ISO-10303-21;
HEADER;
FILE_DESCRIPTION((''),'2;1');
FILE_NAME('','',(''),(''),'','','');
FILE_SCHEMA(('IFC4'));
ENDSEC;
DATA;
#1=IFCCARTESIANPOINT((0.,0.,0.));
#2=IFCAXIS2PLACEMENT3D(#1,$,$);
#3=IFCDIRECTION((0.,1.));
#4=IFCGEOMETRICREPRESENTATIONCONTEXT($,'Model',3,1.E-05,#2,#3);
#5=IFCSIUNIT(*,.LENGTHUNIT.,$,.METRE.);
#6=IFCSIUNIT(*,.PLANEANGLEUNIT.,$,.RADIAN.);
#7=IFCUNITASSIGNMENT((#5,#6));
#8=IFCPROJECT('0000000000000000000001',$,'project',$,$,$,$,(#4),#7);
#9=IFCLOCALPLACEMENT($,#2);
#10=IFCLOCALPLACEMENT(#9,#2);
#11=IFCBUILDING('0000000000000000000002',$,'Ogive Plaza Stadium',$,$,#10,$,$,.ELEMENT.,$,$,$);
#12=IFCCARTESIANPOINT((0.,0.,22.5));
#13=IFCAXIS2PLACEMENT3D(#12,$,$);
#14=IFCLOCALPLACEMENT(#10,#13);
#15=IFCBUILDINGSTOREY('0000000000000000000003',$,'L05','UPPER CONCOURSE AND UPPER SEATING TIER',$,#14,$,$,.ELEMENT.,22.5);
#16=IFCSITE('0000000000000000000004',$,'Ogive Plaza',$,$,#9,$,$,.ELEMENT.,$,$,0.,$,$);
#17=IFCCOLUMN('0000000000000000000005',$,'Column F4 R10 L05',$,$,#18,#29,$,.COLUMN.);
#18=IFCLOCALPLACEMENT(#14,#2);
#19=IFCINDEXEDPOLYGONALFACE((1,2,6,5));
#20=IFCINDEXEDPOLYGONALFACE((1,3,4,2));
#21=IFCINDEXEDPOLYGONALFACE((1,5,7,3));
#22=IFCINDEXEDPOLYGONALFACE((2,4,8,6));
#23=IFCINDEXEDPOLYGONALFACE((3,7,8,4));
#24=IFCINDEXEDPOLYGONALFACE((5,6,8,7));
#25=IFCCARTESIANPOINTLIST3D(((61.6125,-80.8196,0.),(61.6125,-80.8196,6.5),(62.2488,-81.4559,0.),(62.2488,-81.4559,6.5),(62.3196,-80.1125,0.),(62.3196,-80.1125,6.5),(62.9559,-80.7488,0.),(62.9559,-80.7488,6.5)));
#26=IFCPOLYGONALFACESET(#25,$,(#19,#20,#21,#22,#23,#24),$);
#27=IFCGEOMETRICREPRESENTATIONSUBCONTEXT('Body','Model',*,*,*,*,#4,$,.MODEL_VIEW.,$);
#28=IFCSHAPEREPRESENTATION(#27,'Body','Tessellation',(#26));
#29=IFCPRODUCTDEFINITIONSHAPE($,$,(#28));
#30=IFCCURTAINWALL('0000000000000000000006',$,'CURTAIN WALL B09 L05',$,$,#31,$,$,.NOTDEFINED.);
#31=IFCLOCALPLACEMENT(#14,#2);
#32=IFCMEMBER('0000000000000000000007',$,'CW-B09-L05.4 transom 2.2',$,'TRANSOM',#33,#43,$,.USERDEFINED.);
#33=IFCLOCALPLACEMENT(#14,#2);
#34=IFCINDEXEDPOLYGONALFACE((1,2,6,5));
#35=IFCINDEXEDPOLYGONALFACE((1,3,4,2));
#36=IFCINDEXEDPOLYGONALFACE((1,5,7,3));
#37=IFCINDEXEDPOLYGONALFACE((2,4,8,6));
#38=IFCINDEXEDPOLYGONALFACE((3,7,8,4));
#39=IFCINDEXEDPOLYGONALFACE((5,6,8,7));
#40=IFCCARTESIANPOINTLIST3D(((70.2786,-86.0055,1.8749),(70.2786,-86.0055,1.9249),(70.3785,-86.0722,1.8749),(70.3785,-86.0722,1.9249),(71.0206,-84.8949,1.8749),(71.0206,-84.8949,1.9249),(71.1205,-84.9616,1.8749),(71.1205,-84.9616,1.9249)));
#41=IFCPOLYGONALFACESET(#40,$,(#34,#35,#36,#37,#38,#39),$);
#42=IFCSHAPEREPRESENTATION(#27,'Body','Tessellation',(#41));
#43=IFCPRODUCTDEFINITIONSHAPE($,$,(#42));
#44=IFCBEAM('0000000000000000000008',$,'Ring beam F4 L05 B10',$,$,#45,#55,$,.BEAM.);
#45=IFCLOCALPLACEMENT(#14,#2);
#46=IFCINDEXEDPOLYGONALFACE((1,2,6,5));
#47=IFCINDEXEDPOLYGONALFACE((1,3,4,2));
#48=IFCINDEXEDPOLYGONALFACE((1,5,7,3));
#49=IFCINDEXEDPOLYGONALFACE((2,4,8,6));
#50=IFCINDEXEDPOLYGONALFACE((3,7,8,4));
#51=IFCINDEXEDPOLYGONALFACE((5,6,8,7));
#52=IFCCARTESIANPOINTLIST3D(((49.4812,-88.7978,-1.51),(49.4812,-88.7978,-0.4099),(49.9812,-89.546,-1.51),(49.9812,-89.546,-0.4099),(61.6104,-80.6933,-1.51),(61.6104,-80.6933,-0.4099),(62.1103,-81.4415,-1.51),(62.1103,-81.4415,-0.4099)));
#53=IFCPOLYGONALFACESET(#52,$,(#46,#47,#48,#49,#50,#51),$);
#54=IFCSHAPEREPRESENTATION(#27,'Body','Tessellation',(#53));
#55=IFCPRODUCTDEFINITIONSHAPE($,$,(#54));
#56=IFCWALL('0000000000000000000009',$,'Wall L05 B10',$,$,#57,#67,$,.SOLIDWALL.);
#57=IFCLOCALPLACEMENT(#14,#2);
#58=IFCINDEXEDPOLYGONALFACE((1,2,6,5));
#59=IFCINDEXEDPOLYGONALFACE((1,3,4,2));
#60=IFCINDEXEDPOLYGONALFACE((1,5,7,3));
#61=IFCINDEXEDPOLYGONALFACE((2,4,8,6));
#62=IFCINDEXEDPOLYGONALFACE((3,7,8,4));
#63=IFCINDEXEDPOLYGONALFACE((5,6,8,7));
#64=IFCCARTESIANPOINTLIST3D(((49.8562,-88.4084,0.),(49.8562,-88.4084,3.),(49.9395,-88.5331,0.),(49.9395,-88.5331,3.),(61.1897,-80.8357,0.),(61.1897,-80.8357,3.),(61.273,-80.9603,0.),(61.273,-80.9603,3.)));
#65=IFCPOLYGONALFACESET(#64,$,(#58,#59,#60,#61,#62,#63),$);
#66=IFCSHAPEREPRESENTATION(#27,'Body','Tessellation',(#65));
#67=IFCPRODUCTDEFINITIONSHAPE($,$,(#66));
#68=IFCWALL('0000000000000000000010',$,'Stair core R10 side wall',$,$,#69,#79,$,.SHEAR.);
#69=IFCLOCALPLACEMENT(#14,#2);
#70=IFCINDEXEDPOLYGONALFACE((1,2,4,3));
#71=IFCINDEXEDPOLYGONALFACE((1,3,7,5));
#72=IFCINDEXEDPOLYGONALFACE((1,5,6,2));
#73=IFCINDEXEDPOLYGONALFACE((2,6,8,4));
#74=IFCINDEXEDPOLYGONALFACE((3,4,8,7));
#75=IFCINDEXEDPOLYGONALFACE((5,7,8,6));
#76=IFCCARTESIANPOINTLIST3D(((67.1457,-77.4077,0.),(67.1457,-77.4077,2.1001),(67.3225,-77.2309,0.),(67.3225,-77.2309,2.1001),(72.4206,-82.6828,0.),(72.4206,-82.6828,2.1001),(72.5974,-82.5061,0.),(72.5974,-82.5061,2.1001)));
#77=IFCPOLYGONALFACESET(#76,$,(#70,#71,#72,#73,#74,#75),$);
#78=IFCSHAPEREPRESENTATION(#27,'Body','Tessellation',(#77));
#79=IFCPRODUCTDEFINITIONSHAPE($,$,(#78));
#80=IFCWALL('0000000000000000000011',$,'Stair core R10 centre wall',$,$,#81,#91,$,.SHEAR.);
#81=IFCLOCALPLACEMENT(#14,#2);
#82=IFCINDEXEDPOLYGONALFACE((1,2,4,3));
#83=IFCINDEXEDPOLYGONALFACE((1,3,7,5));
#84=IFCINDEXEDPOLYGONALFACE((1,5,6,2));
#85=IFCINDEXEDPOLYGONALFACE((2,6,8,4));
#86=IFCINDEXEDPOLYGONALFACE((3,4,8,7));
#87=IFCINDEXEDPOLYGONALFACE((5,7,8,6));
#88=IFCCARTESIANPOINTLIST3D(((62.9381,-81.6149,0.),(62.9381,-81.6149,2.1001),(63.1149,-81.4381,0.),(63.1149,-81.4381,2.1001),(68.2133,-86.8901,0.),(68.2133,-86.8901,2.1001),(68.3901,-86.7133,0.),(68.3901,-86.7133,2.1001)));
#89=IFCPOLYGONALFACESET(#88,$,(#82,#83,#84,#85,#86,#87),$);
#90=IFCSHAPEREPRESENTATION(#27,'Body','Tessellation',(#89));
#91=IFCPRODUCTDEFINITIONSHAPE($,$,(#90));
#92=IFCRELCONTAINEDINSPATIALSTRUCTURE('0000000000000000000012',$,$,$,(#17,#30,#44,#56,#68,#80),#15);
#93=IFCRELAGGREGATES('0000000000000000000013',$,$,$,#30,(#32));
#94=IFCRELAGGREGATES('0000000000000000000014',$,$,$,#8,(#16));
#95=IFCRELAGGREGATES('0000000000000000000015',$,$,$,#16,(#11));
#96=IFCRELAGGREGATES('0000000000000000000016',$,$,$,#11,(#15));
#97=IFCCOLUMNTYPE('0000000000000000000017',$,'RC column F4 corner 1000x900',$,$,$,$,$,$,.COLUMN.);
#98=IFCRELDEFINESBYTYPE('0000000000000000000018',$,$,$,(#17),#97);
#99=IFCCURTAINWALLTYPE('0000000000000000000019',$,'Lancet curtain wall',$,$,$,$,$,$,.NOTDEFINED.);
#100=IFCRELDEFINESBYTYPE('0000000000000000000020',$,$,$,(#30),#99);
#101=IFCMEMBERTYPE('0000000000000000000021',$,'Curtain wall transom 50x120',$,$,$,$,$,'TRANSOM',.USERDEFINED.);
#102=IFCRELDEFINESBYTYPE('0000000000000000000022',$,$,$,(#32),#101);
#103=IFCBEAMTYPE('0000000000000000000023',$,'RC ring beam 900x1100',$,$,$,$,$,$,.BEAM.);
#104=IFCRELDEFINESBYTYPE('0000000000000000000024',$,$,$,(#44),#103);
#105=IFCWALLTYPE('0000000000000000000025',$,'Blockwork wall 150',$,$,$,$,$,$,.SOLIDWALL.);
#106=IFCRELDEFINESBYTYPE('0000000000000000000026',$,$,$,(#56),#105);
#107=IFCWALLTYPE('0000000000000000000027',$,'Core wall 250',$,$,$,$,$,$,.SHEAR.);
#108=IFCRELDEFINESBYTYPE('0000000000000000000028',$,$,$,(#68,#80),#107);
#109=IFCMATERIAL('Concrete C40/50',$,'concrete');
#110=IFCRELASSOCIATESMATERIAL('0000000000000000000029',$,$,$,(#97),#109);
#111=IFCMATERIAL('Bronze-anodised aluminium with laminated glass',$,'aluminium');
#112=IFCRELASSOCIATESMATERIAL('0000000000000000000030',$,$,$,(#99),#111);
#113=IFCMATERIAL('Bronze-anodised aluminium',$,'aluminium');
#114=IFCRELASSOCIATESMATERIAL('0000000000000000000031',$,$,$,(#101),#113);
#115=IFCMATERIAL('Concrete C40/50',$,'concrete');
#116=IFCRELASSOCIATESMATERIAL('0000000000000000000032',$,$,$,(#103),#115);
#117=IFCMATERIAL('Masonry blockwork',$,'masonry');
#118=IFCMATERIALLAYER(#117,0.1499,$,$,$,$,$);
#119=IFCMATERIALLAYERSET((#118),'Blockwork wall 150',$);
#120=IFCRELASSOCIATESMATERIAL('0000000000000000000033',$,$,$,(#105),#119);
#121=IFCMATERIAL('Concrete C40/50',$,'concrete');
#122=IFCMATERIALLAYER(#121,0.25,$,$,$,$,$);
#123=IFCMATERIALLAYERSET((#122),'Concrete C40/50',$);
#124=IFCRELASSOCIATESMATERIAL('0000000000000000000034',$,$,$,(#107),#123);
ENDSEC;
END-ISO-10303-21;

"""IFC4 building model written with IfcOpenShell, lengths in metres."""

from ifc_helpers import new_model, si_unit, direction, frame, frame_2d, origin, origin_2d, place, context, subcontext, project, spatial, rectangle, extrude, material, layer, layer_set, material_profile, profile_set, type_object, element, aggregate, save


model = new_model("IFC4")

# Units and contexts
model_context = context("Model", 3, precision=1e-05, world=origin(), true_north=direction((0.0, 1.0)))
body_context = subcontext(model_context, "Body", "Model", "MODEL_VIEW")
ifc_project = project(units=[si_unit("LENGTHUNIT", "METRE"), si_unit("PLANEANGLEUNIT", "RADIAN")], contexts=[model_context])

# Site, building, storey
site_placement = place(None, origin())
site = spatial("IfcSite", under=ifc_project, at=site_placement, Name="Ogive Plaza", CompositionType="ELEMENT", RefElevation=0.0)
building_placement = place(site_placement, origin())
building = spatial("IfcBuilding", under=site, at=building_placement, Name="Ogive Plaza Stadium", CompositionType="ELEMENT")
storey_placement = place(building_placement, frame((0.0, 0.0, 22.5)))
storey = spatial("IfcBuildingStorey", under=building, at=storey_placement, Name="L05", Description="UPPER CONCOURSE AND UPPER SEATING TIER", CompositionType="ELEMENT", Elevation=22.5)

# Column
ifc_material_1 = material(Name="Concrete C40/50", Category="concrete")
ifc_material_profile_1 = material_profile(ifc_material_1, rectangle(XDim=1.0, YDim=0.8999, at=origin_2d()), Name="RC 1000x900")
ifc_profile_set_1 = profile_set([ifc_material_profile_1], Name="Concrete C40/50")
column_type = type_object("IfcColumnType", Name="RC column F4 corner 1000x900", PredefinedType="COLUMN", material=ifc_profile_set_1)
column_placement = place(storey_placement, frame((62.2842, -80.7842, 0.0), z_axis=(0.0, 0.0, 1.0), x_axis=(0.707107, 0.707107, 0.0)))
element("IfcColumn", 1, at=column_placement, inside=storey, type_object=column_type, Name="Column F4 R10 L05", PredefinedType="COLUMN", context=body_context, shape_type="SweptSolid", body=[
    extrude(rectangle(XDim=1.0, YDim=0.8999, at=origin_2d()), origin(), (0.0, 0.0, 1.0), 6.5),
])

# Curtain wall, member
ifc_material_2 = material(Name="Bronze-anodised aluminium with laminated glass", Category="aluminium")
curtain_wall_type = type_object("IfcCurtainWallType", Name="Lancet curtain wall", PredefinedType="NOTDEFINED", material=ifc_material_2)
curtain_wall_placement = place(storey_placement, origin())
curtain_wall = element("IfcCurtainWall", 2, at=curtain_wall_placement, inside=storey, type_object=curtain_wall_type, Name="CURTAIN WALL B09 L05", PredefinedType="NOTDEFINED")
ifc_material_3 = material(Name="Bronze-anodised aluminium", Category="aluminium")
ifc_material_profile_2 = material_profile(ifc_material_3, rectangle(XDim=0.1201, YDim=0.05, at=origin_2d()), Name="AL 120x50")
ifc_profile_set_2 = profile_set([ifc_material_profile_2], Name="Bronze-anodised aluminium")
member_type = type_object("IfcMemberType", Name="Curtain wall transom 50x120", ElementType="TRANSOM", PredefinedType="USERDEFINED", material=ifc_profile_set_2)
member_placement = place(storey_placement, frame((71.0706, -84.9282, 1.8999), z_axis=(-0.555501, -0.831516, 0.0), x_axis=(0.831516, -0.555501, 0.0)))
member = element("IfcMember", 3, at=member_placement, type_object=member_type, Name="CW-B09-L05.4 transom 2.2", ObjectType="TRANSOM", PredefinedType="USERDEFINED", context=body_context, shape_type="SweptSolid", body=[
    extrude(rectangle(XDim=0.1201, YDim=0.05, at=origin_2d()), origin(), (0.0, 0.0, 1.0), 1.3357),
])
aggregate(curtain_wall, [member])

# Beam
ifc_material_4 = material(Name="Concrete C40/50", Category="concrete")
ifc_material_profile_3 = material_profile(ifc_material_4, rectangle(XDim=0.8999, YDim=1.1001, at=origin_2d()), Name="RC 900x1100")
ifc_profile_set_3 = profile_set([ifc_material_profile_3], Name="Concrete C40/50")
beam_type = type_object("IfcBeamType", Name="RC ring beam 900x1100", PredefinedType="BEAM", material=ifc_profile_set_3)
beam_placement = place(storey_placement, frame((61.8604, -81.0674, -0.96), z_axis=(-0.831468, -0.555573, 0.0), x_axis=(0.555573, -0.831468, 0.0)))
element("IfcBeam", 4, at=beam_placement, inside=storey, type_object=beam_type, Name="Ring beam F4 L05 B10", PredefinedType="BEAM", context=body_context, shape_type="SweptSolid", body=[
    extrude(rectangle(XDim=0.8999, YDim=1.1001, at=origin_2d()), origin(), (0.0, 0.0, 1.0), 14.5876),
])

# Walls
ifc_material_5 = material(Name="Masonry blockwork", Category="masonry")
ifc_layer_1 = layer(ifc_material_5, 0.1499)
ifc_layer_set_1 = layer_set([ifc_layer_1], Name="Blockwork wall 150")
wall_type_1 = type_object("IfcWallType", Name="Blockwork wall 150", PredefinedType="SOLIDWALL", material=ifc_layer_set_1)
wall_1_placement = place(storey_placement, frame((61.2314, -80.8979, 0.0), z_axis=(0.0, 0.0, 1.0), x_axis=(-0.831471, -0.555568, 0.0)))
element("IfcWall", 5, at=wall_1_placement, inside=storey, type_object=wall_type_1, Name="Wall L05 B10", PredefinedType="SOLIDWALL", context=body_context, shape_type="SweptSolid", body=[
    extrude(rectangle(XDim=13.6306, YDim=0.1499, at=frame_2d((6.8154, 0.0))), origin(), (0.0, 0.0, 1.0), 3.0),
])
ifc_material_6 = material(Name="Concrete C40/50", Category="concrete")
ifc_layer_2 = layer(ifc_material_6, 0.25)
ifc_layer_set_2 = layer_set([ifc_layer_2], Name="Concrete C40/50")
wall_type_2 = type_object("IfcWallType", Name="Core wall 250", PredefinedType="SHEAR", material=ifc_layer_set_2)
wall_2_placement = place(storey_placement, frame((67.2341, -77.3193, 0.0), z_axis=(0.0, 0.0, 1.0), x_axis=(0.70709, -0.707123, 0.0)))
element("IfcWall", 6, at=wall_2_placement, inside=storey, type_object=wall_type_2, Name="Stair core R10 side wall", PredefinedType="SHEAR", context=body_context, shape_type="SweptSolid", body=[
    extrude(rectangle(XDim=7.46, YDim=0.25, at=frame_2d((3.73, 0.0))), origin(), (0.0, 0.0, 1.0), 2.1001),
])
wall_3_placement = place(storey_placement, frame((63.0266, -81.5266, 0.0), z_axis=(0.0, 0.0, 1.0), x_axis=(0.707107, -0.707107, 0.0)))
element("IfcWall", 7, at=wall_3_placement, inside=storey, type_object=wall_type_2, Name="Stair core R10 centre wall", PredefinedType="SHEAR", context=body_context, shape_type="SweptSolid", body=[
    extrude(rectangle(XDim=7.4602, YDim=0.25, at=frame_2d((3.73, 0.0))), origin(), (0.0, 0.0, 1.0), 2.1001),
])

save(model, "model.ifc")
